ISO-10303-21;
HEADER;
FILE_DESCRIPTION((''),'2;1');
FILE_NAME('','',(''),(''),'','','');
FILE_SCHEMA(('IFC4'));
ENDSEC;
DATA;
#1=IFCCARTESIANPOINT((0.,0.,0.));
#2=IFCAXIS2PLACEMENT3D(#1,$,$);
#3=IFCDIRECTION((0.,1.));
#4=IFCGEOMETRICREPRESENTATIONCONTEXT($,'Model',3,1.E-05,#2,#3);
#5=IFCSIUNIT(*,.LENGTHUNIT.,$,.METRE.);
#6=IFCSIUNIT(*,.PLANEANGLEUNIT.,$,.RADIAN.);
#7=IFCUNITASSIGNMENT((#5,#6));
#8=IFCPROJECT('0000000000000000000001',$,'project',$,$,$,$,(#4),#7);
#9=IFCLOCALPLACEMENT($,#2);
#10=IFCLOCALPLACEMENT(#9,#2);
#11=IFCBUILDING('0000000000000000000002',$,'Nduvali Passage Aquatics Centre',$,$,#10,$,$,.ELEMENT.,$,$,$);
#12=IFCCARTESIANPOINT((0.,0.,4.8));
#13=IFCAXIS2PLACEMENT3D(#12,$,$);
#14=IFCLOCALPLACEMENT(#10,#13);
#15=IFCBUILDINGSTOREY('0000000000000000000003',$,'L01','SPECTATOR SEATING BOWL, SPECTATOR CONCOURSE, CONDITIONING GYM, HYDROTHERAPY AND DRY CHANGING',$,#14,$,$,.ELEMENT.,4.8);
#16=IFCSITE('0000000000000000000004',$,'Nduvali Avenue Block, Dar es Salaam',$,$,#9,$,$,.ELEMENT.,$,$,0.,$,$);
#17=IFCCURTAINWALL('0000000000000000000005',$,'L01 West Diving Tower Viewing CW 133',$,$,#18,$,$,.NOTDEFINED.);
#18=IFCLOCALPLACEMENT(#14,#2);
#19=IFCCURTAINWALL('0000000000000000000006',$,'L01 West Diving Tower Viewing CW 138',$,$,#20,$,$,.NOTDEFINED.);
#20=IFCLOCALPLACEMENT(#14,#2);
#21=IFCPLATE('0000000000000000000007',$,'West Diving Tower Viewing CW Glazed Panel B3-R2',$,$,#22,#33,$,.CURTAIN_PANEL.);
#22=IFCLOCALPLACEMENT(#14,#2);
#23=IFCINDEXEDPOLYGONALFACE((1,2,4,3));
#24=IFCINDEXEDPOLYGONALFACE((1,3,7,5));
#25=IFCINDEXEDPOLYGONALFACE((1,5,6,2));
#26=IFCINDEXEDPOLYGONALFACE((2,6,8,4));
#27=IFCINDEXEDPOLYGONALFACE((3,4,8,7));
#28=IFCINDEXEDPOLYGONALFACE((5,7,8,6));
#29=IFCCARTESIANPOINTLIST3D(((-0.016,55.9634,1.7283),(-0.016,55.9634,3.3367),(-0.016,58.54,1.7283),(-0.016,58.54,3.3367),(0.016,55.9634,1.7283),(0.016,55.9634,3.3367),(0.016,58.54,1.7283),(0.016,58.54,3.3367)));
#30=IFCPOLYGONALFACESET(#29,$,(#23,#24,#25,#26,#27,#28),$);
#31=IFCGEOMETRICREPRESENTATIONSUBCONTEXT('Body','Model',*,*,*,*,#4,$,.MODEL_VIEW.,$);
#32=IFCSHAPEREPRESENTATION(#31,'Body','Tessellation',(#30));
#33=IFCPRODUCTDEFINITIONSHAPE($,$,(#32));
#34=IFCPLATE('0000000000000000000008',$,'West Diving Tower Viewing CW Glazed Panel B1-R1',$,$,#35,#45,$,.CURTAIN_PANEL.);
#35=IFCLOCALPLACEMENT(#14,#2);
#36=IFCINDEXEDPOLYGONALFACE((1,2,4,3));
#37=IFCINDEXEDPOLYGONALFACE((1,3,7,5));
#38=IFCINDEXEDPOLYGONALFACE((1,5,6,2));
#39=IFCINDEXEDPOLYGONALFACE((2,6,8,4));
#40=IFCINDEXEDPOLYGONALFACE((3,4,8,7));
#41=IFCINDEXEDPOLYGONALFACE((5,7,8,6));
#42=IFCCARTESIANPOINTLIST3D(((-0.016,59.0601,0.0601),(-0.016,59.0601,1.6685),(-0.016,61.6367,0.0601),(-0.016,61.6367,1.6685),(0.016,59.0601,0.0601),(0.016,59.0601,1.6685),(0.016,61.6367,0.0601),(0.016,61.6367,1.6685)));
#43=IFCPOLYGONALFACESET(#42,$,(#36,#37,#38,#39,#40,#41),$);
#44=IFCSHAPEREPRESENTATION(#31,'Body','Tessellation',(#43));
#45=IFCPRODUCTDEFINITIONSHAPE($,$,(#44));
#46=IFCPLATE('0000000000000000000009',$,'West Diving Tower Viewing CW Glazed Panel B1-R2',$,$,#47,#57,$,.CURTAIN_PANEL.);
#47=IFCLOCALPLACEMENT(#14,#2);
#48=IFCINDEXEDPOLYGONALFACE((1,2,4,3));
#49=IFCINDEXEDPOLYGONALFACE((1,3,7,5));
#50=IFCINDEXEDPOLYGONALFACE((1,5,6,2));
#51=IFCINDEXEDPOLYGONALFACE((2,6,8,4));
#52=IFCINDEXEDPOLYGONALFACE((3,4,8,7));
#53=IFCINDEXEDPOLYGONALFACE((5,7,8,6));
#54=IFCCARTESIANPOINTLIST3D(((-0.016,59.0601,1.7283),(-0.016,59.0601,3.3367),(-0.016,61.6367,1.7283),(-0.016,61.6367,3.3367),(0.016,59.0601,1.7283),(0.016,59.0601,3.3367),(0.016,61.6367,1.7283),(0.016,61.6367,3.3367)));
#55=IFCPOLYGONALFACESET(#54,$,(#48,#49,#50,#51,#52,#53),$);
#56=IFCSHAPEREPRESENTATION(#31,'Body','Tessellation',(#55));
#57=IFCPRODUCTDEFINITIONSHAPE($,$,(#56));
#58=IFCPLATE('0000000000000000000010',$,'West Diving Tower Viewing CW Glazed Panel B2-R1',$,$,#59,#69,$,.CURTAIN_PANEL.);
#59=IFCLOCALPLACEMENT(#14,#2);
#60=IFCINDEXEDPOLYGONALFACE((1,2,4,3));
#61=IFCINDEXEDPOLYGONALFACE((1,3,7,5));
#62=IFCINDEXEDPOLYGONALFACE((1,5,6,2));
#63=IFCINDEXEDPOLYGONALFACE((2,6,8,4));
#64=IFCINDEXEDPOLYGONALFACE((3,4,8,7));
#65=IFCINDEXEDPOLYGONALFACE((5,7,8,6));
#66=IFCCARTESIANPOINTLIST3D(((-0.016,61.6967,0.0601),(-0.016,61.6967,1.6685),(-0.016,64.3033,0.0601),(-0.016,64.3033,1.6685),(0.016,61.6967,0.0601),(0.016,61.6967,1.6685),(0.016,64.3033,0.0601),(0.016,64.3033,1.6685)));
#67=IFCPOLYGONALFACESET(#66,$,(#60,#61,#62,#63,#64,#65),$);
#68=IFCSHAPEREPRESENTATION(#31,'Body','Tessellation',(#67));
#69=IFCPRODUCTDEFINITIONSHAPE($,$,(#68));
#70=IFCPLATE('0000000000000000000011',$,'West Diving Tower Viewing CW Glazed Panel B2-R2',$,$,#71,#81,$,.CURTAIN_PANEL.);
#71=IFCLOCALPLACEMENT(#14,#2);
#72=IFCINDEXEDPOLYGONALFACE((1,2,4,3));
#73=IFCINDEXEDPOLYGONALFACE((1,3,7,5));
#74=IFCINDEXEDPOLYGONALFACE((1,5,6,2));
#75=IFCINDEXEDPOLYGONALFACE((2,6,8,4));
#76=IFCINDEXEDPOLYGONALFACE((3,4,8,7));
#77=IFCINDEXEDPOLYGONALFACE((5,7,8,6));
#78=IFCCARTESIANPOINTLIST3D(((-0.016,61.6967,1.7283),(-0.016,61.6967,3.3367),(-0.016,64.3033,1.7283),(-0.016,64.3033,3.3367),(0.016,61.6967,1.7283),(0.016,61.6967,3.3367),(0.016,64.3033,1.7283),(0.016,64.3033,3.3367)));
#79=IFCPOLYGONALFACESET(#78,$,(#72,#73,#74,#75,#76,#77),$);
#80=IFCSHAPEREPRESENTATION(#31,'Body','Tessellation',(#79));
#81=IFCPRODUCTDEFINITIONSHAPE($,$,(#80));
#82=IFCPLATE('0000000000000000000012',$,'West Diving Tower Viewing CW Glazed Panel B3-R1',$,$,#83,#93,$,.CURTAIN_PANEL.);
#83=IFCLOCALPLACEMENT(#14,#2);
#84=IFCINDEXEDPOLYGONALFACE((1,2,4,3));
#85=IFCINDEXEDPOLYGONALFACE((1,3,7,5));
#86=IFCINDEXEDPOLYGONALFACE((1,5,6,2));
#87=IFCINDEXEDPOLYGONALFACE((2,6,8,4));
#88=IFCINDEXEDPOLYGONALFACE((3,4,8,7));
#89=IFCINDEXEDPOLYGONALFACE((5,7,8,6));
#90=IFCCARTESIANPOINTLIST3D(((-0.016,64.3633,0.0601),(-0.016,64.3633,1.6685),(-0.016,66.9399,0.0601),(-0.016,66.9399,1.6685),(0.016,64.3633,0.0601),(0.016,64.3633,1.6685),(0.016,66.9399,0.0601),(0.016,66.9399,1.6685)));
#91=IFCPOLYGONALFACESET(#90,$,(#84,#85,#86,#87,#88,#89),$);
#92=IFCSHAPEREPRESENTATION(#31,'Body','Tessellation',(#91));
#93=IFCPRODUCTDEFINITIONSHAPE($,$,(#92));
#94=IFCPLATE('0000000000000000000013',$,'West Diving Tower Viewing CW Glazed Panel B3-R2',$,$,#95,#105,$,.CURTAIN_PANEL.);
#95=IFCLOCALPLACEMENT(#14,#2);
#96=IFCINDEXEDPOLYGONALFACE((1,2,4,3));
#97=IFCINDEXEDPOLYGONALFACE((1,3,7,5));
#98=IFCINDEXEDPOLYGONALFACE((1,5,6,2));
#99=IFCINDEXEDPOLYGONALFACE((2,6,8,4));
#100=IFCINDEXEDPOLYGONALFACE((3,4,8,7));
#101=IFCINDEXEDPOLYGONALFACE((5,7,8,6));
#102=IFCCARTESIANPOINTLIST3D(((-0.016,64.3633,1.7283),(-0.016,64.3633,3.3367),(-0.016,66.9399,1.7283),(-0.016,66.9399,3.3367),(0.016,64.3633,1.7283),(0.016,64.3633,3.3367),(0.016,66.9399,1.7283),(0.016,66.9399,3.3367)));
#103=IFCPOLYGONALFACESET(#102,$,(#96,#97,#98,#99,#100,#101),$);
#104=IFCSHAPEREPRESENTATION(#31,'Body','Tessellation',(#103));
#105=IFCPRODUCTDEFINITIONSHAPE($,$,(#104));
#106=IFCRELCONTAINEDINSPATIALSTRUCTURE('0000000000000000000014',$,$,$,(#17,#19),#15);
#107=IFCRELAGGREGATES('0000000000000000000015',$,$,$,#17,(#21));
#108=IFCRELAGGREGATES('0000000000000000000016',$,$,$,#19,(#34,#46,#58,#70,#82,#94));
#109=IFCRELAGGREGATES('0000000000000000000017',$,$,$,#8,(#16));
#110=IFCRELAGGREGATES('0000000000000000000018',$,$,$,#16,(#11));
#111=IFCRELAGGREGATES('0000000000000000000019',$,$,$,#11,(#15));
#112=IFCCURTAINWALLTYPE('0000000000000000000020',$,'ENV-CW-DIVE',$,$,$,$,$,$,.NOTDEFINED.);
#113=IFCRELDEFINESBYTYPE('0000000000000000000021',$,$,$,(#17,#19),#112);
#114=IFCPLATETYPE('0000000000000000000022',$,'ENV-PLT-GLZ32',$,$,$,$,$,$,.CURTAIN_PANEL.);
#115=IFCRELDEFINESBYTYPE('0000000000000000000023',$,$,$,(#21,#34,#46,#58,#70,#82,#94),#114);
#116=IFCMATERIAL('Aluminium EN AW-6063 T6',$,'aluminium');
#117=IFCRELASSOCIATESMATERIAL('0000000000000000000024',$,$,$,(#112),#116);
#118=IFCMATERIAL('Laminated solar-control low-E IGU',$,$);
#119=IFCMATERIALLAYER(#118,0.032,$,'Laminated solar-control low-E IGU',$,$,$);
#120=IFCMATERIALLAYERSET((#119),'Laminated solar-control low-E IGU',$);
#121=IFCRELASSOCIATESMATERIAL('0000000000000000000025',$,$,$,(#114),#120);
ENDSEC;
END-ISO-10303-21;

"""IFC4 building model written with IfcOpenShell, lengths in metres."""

from ifc_helpers import new_model, si_unit, direction, frame, origin, origin_2d, place, context, subcontext, project, spatial, rectangle, extrude, material, layer, layer_set, type_object, element, aggregate, save


model = new_model("IFC4")

# Units and contexts
model_context = context("Model", 3, precision=1e-05, world=origin(), true_north=direction((0.0, 1.0)))
body_context = subcontext(model_context, "Body", "Model", "MODEL_VIEW")
ifc_project = project(units=[si_unit("LENGTHUNIT", "METRE"), si_unit("PLANEANGLEUNIT", "RADIAN")], contexts=[model_context])

# Site, building, storey
site_placement = place(None, origin())
site = spatial("IfcSite", under=ifc_project, at=site_placement, Name="Nduvali Avenue Block, Dar es Salaam", CompositionType="ELEMENT", RefElevation=0.0)
building_placement = place(site_placement, origin())
building = spatial("IfcBuilding", under=site, at=building_placement, Name="Nduvali Passage Aquatics Centre", CompositionType="ELEMENT")
storey_placement = place(building_placement, frame((0.0, 0.0, 4.8)))
storey = spatial("IfcBuildingStorey", under=building, at=storey_placement, Name="L01", Description="SPECTATOR SEATING BOWL, SPECTATOR CONCOURSE, CONDITIONING GYM, HYDROTHERAPY AND DRY CHANGING", CompositionType="ELEMENT", Elevation=4.8)

# Curtain walls
ifc_material_1 = material(Name="Aluminium EN AW-6063 T6", Category="aluminium")
curtain_wall_type = type_object("IfcCurtainWallType", Name="ENV-CW-DIVE", PredefinedType="NOTDEFINED", material=ifc_material_1)
curtain_wall_1_placement = place(storey_placement, origin())
curtain_wall_1 = element("IfcCurtainWall", 1, at=curtain_wall_1_placement, inside=storey, type_object=curtain_wall_type, Name="L01 West Diving Tower Viewing CW 133", PredefinedType="NOTDEFINED")
curtain_wall_2_placement = place(storey_placement, origin())
curtain_wall_2 = element("IfcCurtainWall", 2, at=curtain_wall_2_placement, inside=storey, type_object=curtain_wall_type, Name="L01 West Diving Tower Viewing CW 138", PredefinedType="NOTDEFINED")

# Plates
ifc_material_2 = material(Name="Laminated solar-control low-E IGU")
ifc_layer = layer(ifc_material_2, 0.032, Name="Laminated solar-control low-E IGU")
ifc_layer_set = layer_set([ifc_layer], Name="Laminated solar-control low-E IGU")
plate_type = type_object("IfcPlateType", Name="ENV-PLT-GLZ32", PredefinedType="CURTAIN_PANEL", material=ifc_layer_set)
plate_1_placement = place(storey_placement, frame((0.0, 57.2517, 1.7283), z_axis=(0.0, 0.0, 1.0), x_axis=(0.0, 1.0, 0.0)))
plate_1 = element("IfcPlate", 3, at=plate_1_placement, type_object=plate_type, Name="West Diving Tower Viewing CW Glazed Panel B3-R2", PredefinedType="CURTAIN_PANEL", context=body_context, shape_type="SweptSolid", body=[
    extrude(rectangle(XDim=2.5767, YDim=0.032, at=origin_2d()), origin(), (0.0, 0.0, 1.0), 1.6084),
])
aggregate(curtain_wall_1, [plate_1])
plate_2_placement = place(storey_placement, frame((0.0, 60.3484, 0.0601), z_axis=(0.0, 0.0, 1.0), x_axis=(0.0, 1.0, 0.0)))
plate_2 = element("IfcPlate", 4, at=plate_2_placement, type_object=plate_type, Name="West Diving Tower Viewing CW Glazed Panel B1-R1", PredefinedType="CURTAIN_PANEL", context=body_context, shape_type="SweptSolid", body=[
    extrude(rectangle(XDim=2.5767, YDim=0.032, at=origin_2d()), origin(), (0.0, 0.0, 1.0), 1.6084),
])
plate_3_placement = place(storey_placement, frame((0.0, 60.3484, 1.7283), z_axis=(0.0, 0.0, 1.0), x_axis=(0.0, 1.0, 0.0)))
plate_3 = element("IfcPlate", 5, at=plate_3_placement, type_object=plate_type, Name="West Diving Tower Viewing CW Glazed Panel B1-R2", PredefinedType="CURTAIN_PANEL", context=body_context, shape_type="SweptSolid", body=[
    extrude(rectangle(XDim=2.5767, YDim=0.032, at=origin_2d()), origin(), (0.0, 0.0, 1.0), 1.6084),
])
plate_4_placement = place(storey_placement, frame((0.0, 63.0, 0.0601), z_axis=(0.0, 0.0, 1.0), x_axis=(0.0, 1.0, 0.0)))
plate_4 = element("IfcPlate", 6, at=plate_4_placement, type_object=plate_type, Name="West Diving Tower Viewing CW Glazed Panel B2-R1", PredefinedType="CURTAIN_PANEL", context=body_context, shape_type="SweptSolid", body=[
    extrude(rectangle(XDim=2.6067, YDim=0.032, at=origin_2d()), origin(), (0.0, 0.0, 1.0), 1.6084),
])
plate_5_placement = place(storey_placement, frame((0.0, 63.0, 1.7283), z_axis=(0.0, 0.0, 1.0), x_axis=(0.0, 1.0, 0.0)))
plate_5 = element("IfcPlate", 7, at=plate_5_placement, type_object=plate_type, Name="West Diving Tower Viewing CW Glazed Panel B2-R2", PredefinedType="CURTAIN_PANEL", context=body_context, shape_type="SweptSolid", body=[
    extrude(rectangle(XDim=2.6067, YDim=0.032, at=origin_2d()), origin(), (0.0, 0.0, 1.0), 1.6084),
])
plate_6_placement = place(storey_placement, frame((0.0, 65.6516, 0.0601), z_axis=(0.0, 0.0, 1.0), x_axis=(0.0, 1.0, 0.0)))
plate_6 = element("IfcPlate", 8, at=plate_6_placement, type_object=plate_type, Name="West Diving Tower Viewing CW Glazed Panel B3-R1", PredefinedType="CURTAIN_PANEL", context=body_context, shape_type="SweptSolid", body=[
    extrude(rectangle(XDim=2.5767, YDim=0.032, at=origin_2d()), origin(), (0.0, 0.0, 1.0), 1.6084),
])
plate_7_placement = place(storey_placement, frame((0.0, 65.6516, 1.7283), z_axis=(0.0, 0.0, 1.0), x_axis=(0.0, 1.0, 0.0)))
plate_7 = element("IfcPlate", 9, at=plate_7_placement, type_object=plate_type, Name="West Diving Tower Viewing CW Glazed Panel B3-R2", PredefinedType="CURTAIN_PANEL", context=body_context, shape_type="SweptSolid", body=[
    extrude(rectangle(XDim=2.5767, YDim=0.032, at=origin_2d()), origin(), (0.0, 0.0, 1.0), 1.6084),
])
aggregate(curtain_wall_2, [plate_2, plate_3, plate_4, plate_5, plate_6, plate_7])

save(model, "model.ifc")
